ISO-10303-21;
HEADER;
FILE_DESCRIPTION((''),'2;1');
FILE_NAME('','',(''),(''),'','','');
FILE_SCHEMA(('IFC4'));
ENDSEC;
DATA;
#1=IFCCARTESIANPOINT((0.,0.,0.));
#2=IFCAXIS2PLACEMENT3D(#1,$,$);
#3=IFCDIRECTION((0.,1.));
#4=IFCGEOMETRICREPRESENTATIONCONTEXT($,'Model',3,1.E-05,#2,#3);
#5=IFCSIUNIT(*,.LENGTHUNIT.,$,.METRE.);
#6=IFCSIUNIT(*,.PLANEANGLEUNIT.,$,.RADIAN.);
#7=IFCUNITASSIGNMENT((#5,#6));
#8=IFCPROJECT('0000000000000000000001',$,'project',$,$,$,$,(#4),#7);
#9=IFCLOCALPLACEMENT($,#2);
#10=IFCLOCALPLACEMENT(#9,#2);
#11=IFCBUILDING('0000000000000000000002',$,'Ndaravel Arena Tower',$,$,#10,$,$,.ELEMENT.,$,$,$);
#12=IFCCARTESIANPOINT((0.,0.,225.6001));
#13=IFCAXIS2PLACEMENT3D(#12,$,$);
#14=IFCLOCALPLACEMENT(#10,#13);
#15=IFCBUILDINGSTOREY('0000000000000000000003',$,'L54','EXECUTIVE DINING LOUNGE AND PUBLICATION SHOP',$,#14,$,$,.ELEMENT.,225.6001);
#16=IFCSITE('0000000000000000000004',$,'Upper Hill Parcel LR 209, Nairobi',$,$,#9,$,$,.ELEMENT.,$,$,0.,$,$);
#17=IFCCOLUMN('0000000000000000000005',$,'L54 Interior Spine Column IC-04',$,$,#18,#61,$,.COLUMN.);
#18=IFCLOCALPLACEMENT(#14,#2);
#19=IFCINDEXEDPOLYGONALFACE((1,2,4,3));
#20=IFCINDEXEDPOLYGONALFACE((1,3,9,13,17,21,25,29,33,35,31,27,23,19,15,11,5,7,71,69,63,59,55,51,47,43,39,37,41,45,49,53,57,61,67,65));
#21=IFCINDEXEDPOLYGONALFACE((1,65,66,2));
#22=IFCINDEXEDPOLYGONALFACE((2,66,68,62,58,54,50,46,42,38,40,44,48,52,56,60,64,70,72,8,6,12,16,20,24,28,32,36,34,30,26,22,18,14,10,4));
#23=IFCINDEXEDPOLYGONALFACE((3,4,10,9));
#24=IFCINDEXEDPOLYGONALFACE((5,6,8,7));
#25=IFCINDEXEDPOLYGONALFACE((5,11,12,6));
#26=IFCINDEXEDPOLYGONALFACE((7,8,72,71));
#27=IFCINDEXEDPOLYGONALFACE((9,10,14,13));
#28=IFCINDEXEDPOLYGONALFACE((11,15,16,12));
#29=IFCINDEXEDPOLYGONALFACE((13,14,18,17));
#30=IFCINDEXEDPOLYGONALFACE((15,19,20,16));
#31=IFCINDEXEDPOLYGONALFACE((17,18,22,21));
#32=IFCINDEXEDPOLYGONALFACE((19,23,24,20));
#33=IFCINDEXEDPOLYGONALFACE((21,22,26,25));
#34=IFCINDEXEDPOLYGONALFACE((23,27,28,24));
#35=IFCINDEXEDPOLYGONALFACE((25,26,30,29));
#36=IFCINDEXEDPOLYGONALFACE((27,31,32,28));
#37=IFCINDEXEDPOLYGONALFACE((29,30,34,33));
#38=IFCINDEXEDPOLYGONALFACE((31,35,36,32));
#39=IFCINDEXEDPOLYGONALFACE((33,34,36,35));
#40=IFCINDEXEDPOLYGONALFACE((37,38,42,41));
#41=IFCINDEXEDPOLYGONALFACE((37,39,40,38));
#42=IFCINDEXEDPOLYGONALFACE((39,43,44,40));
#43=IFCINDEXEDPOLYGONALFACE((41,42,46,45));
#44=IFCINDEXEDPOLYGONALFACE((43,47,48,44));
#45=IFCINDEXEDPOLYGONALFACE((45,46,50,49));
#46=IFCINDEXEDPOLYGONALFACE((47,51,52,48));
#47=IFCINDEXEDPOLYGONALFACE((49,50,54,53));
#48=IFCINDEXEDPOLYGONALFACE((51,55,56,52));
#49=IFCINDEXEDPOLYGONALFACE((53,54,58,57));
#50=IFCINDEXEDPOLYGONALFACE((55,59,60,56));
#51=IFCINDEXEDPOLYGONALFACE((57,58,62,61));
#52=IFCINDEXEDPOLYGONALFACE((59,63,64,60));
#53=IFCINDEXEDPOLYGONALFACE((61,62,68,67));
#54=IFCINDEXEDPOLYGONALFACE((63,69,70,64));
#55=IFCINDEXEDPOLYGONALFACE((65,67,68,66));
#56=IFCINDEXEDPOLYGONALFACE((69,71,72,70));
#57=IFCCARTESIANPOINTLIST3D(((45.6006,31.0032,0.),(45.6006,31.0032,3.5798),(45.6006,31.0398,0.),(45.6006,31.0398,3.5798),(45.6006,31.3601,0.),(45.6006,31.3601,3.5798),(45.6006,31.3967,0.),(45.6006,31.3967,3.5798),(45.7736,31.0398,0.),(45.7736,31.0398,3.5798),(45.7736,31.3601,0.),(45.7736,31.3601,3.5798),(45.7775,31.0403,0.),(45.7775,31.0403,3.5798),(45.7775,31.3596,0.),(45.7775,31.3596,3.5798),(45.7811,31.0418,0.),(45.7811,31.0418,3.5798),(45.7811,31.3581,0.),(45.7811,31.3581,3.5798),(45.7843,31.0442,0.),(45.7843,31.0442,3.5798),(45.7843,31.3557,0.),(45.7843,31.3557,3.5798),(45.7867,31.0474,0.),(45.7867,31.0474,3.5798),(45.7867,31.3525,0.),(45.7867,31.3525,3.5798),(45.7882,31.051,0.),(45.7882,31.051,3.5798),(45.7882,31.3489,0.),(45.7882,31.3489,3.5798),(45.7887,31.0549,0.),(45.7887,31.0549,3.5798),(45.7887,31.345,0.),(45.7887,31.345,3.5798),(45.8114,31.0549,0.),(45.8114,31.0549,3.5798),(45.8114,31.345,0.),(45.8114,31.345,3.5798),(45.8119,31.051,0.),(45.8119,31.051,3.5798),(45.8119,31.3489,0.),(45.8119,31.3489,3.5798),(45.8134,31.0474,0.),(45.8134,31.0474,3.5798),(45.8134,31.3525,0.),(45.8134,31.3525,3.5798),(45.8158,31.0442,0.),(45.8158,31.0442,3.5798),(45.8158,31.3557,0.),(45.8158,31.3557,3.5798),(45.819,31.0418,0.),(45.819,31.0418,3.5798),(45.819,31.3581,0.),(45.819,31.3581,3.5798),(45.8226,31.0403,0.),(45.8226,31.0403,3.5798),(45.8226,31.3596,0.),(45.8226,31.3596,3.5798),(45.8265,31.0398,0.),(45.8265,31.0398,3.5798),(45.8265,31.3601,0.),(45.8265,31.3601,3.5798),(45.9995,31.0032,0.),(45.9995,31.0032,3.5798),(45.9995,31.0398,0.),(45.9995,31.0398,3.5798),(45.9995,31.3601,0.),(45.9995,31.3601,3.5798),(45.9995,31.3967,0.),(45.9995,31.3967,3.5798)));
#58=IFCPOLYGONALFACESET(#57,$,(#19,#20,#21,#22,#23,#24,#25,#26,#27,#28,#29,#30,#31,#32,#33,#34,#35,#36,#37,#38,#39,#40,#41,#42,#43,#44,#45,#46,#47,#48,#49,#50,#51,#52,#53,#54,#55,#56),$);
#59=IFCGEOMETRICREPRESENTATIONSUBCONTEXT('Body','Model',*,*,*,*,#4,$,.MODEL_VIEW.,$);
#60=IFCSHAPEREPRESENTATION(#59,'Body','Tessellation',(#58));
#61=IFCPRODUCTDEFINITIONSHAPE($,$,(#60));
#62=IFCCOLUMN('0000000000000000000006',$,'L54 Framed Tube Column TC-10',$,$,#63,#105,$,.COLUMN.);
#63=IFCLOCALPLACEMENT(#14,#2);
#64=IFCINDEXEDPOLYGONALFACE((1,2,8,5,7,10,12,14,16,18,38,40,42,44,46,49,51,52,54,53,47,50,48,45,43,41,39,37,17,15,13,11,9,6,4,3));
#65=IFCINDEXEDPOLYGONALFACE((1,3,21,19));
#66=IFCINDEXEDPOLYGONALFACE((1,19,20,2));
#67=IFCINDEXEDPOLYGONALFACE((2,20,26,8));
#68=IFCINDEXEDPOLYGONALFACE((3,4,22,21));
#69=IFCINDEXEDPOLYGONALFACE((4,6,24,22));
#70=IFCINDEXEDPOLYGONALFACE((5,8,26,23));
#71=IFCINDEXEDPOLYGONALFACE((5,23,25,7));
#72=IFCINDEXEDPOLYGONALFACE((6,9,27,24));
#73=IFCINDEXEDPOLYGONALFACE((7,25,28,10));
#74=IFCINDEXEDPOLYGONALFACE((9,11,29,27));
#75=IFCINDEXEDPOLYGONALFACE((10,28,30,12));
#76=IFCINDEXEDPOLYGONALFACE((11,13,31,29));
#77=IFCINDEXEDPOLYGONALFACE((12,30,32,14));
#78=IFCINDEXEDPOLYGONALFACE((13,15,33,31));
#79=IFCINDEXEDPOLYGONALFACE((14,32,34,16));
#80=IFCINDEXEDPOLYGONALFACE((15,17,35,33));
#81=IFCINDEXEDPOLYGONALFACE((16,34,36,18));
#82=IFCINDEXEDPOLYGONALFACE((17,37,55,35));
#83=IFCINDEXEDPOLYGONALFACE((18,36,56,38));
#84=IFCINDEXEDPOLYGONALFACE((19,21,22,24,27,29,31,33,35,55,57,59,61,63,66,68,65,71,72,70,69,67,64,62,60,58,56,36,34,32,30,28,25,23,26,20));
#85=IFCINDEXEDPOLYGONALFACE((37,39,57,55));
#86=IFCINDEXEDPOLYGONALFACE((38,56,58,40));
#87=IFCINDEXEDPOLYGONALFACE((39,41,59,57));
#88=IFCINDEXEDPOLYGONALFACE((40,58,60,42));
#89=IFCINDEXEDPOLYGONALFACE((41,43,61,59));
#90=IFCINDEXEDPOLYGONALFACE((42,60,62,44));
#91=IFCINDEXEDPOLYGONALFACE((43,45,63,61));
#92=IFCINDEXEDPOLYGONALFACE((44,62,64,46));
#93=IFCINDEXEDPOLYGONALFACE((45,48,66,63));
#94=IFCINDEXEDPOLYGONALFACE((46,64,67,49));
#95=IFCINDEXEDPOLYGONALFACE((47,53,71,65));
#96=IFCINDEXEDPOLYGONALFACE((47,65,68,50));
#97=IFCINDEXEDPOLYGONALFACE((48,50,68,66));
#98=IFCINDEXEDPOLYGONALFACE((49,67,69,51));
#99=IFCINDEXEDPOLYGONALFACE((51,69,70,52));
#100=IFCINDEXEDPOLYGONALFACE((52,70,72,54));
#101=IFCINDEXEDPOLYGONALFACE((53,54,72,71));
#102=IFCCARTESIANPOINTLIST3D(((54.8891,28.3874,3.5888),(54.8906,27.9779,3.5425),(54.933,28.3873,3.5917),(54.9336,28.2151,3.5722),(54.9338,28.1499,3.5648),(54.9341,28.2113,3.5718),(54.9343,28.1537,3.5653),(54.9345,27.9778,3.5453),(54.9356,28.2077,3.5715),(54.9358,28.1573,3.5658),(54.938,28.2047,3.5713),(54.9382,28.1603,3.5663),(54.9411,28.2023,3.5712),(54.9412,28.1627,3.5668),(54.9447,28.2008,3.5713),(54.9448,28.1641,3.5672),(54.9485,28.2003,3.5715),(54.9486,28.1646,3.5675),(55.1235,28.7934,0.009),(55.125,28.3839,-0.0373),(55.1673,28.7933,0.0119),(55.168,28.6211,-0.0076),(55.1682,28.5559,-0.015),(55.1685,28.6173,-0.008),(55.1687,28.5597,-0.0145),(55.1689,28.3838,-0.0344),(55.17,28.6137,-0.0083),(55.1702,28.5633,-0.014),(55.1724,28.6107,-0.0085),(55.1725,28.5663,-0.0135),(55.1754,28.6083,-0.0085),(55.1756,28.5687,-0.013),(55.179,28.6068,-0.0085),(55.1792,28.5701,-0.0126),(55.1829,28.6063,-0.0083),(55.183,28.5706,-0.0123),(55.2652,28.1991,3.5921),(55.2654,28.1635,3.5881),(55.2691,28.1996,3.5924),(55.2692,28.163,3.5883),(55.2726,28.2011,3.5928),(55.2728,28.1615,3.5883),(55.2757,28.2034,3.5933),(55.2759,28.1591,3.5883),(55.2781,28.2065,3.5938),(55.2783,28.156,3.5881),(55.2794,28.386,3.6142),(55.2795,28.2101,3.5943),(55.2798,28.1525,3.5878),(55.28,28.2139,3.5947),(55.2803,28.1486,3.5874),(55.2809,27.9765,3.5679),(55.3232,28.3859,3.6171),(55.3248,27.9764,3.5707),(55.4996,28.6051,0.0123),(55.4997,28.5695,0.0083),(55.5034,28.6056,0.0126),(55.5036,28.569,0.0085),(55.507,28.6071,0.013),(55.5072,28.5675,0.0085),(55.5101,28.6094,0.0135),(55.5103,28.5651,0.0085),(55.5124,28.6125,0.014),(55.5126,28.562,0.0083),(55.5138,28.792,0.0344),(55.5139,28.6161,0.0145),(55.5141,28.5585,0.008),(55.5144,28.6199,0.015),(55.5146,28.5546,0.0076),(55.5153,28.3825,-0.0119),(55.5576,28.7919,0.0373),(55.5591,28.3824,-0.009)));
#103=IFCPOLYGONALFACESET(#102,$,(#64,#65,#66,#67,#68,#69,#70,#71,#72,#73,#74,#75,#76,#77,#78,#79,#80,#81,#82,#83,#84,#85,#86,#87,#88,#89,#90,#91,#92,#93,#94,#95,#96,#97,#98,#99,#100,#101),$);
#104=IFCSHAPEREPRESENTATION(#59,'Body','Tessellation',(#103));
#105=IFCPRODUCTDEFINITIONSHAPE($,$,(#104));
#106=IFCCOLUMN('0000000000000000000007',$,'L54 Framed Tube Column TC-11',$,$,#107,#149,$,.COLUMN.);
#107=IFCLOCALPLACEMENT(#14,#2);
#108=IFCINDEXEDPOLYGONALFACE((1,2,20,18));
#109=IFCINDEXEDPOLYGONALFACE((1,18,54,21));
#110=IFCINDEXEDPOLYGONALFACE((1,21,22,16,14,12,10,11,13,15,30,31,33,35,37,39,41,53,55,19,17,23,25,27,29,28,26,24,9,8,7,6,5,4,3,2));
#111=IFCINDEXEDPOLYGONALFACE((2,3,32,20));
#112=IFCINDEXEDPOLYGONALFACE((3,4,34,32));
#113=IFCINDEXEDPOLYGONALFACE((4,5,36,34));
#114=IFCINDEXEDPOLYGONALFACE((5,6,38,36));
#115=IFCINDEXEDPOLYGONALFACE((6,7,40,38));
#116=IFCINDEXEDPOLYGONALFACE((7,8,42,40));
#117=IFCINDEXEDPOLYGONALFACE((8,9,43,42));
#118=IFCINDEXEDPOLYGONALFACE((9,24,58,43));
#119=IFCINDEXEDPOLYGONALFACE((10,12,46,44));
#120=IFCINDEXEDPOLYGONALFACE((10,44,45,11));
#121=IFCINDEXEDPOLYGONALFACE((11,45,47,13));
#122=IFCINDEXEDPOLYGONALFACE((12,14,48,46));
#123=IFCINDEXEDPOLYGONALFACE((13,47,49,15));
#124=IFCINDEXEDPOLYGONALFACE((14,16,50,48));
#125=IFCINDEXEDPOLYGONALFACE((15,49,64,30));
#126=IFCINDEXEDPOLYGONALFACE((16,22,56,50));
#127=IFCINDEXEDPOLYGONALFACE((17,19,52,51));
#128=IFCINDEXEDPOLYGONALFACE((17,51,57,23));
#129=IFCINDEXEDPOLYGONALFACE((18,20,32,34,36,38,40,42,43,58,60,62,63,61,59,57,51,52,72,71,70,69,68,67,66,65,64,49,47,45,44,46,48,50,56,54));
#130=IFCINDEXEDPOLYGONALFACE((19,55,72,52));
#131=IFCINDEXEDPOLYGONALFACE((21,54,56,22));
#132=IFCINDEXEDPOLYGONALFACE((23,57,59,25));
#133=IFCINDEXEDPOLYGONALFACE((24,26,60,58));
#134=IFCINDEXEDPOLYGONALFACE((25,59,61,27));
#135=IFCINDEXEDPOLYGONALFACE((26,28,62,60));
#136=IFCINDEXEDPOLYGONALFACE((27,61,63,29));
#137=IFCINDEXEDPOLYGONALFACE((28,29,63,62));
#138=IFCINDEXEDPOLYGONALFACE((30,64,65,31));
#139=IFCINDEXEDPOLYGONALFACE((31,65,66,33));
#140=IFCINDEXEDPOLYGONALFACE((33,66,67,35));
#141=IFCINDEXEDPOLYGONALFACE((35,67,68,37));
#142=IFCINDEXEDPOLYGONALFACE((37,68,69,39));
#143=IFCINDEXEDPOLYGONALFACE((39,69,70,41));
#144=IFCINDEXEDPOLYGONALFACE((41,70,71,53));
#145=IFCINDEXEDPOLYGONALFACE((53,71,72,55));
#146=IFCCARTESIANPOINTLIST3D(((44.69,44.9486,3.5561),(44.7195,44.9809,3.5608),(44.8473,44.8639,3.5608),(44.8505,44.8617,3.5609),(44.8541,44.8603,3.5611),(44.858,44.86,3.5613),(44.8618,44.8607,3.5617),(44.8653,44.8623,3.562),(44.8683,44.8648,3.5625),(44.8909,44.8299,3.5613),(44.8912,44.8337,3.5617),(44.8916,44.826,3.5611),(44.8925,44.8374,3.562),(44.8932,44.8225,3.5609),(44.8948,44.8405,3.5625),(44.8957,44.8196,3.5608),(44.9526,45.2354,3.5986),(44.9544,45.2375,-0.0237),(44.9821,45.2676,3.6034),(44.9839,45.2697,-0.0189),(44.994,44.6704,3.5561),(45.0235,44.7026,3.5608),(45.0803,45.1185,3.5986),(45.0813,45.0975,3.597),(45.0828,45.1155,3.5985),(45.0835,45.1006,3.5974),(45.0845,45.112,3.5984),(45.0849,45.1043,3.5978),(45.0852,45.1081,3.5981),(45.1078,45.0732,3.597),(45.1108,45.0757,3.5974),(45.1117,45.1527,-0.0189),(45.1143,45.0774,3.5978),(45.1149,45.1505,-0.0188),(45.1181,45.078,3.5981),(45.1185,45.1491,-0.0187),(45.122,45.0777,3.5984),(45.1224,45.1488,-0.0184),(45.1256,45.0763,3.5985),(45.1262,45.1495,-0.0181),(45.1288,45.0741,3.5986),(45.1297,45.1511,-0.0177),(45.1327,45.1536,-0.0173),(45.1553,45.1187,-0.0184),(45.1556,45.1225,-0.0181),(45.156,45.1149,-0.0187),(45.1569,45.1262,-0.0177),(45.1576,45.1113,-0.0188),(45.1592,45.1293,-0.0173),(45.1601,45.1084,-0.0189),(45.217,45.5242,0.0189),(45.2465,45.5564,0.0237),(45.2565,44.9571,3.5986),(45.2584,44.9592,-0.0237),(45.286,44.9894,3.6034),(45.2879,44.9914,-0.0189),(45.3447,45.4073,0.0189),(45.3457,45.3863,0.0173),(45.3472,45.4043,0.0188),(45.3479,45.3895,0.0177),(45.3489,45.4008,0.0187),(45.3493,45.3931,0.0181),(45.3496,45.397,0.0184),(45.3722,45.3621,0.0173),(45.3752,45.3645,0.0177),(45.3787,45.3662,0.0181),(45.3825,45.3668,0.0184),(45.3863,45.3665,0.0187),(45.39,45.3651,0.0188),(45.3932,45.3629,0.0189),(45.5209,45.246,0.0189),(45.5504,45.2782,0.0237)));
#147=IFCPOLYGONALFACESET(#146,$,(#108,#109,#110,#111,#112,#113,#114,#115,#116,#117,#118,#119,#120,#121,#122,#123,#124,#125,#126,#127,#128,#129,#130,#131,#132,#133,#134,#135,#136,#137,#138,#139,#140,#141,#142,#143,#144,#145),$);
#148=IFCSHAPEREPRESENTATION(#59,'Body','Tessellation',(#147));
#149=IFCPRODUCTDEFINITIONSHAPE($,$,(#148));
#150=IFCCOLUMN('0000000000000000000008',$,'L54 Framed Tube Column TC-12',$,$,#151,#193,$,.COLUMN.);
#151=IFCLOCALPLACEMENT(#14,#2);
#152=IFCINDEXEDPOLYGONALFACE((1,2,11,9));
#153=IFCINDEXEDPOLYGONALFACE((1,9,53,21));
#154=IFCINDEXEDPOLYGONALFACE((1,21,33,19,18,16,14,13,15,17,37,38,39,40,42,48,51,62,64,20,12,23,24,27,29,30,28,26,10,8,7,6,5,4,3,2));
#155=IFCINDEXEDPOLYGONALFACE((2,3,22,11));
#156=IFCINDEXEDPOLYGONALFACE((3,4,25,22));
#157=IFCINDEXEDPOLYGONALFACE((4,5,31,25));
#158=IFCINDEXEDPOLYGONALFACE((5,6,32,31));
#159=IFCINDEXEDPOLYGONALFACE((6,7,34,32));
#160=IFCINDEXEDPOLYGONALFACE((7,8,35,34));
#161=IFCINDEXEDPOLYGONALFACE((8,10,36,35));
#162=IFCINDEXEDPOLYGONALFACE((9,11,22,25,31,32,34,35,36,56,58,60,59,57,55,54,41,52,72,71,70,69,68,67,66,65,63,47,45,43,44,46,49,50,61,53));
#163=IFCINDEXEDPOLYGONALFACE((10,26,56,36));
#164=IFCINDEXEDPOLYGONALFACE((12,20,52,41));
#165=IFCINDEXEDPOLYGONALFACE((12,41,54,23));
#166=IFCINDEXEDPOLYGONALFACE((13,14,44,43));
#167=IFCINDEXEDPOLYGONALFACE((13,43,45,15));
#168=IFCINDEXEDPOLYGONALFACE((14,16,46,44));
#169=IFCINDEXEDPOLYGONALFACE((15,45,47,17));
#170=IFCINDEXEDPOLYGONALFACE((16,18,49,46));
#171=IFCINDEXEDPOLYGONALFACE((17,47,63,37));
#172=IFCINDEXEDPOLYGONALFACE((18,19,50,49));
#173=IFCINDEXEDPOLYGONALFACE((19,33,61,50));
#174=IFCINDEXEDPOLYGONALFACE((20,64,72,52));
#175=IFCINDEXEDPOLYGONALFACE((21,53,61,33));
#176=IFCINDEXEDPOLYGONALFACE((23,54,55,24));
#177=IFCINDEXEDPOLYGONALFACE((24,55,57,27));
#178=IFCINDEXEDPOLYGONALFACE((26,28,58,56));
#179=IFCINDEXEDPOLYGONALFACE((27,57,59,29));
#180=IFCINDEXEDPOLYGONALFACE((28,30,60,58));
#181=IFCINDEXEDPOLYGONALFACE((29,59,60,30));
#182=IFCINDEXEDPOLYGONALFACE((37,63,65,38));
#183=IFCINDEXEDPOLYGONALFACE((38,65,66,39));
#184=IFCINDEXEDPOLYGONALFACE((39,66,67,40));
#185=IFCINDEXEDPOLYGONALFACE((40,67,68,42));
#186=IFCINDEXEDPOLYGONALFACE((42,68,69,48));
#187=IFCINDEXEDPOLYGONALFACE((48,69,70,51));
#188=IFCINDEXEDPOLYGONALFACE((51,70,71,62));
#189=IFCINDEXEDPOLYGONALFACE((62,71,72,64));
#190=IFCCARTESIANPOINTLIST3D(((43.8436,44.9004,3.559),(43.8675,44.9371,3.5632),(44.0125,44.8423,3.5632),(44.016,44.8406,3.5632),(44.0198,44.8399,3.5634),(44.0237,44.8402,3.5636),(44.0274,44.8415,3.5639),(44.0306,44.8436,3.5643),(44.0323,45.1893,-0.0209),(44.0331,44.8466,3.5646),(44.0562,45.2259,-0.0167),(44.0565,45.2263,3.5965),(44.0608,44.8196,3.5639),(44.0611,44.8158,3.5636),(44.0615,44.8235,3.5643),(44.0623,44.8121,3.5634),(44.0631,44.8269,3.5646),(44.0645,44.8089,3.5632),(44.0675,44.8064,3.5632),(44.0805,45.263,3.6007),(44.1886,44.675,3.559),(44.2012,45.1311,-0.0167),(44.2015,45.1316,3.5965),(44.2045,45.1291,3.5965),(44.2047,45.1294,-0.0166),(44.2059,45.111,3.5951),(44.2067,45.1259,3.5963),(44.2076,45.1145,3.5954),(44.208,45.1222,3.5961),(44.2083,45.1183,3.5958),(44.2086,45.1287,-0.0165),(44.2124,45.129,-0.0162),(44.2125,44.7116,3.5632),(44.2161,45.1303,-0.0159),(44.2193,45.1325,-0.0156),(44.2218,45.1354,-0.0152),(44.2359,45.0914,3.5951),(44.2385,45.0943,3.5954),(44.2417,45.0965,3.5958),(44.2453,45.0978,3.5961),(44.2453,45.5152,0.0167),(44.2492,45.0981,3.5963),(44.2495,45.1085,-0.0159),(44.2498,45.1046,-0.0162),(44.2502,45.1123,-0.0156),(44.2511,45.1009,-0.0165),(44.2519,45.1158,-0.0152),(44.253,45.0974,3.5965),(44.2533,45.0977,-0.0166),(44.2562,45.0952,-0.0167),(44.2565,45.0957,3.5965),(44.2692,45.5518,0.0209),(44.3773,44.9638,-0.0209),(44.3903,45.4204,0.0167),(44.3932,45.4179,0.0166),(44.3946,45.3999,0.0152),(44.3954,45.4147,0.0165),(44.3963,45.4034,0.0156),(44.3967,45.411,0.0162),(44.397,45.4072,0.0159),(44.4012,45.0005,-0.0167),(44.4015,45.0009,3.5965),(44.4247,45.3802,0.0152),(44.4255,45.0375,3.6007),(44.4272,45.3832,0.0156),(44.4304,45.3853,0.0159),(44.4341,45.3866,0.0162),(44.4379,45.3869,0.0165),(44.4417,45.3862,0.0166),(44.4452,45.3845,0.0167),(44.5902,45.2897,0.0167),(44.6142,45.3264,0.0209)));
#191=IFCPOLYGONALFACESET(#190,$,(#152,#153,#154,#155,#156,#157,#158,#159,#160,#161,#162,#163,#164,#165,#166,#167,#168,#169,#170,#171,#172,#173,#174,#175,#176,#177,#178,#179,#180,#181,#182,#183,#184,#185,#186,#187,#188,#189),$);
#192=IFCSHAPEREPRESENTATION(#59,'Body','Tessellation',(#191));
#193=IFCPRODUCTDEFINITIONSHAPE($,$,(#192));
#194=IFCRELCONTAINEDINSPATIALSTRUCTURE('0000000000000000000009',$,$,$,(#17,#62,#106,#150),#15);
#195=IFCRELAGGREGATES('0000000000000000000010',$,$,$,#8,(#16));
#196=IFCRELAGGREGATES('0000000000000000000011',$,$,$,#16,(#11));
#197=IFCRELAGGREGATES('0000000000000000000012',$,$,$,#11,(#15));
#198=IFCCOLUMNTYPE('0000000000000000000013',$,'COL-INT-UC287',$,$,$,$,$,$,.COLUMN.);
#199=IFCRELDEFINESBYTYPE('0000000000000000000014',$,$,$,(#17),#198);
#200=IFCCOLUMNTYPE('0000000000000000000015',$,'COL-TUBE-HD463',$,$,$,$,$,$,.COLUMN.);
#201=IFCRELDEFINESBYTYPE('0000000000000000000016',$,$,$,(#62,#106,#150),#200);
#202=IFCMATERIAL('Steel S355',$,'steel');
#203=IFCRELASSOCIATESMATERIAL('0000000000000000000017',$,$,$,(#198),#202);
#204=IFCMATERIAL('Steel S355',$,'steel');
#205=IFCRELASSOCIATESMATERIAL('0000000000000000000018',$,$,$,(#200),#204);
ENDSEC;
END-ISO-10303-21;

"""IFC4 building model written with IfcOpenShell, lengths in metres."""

from ifc_helpers import new_model, si_unit, direction, frame, origin, origin_2d, place, context, subcontext, project, spatial, i_section, extrude, material, material_profile, profile_set, type_object, element, save


model = new_model("IFC4")

# Units and contexts
model_context = context("Model", 3, precision=1e-05, world=origin(), true_north=direction((0.0, 1.0)))
body_context = subcontext(model_context, "Body", "Model", "MODEL_VIEW")
ifc_project = project(units=[si_unit("LENGTHUNIT", "METRE"), si_unit("PLANEANGLEUNIT", "RADIAN")], contexts=[model_context])

# Site, building, storey
site_placement = place(None, origin())
site = spatial("IfcSite", under=ifc_project, at=site_placement, Name="Upper Hill Parcel LR 209, Nairobi", CompositionType="ELEMENT", RefElevation=0.0)
building_placement = place(site_placement, origin())
building = spatial("IfcBuilding", under=site, at=building_placement, Name="Ndaravel Arena Tower", CompositionType="ELEMENT")
storey_placement = place(building_placement, frame((0.0, 0.0, 225.6001)))
storey = spatial("IfcBuildingStorey", under=building, at=storey_placement, Name="L54", Description="EXECUTIVE DINING LOUNGE AND PUBLICATION SHOP", CompositionType="ELEMENT", Elevation=225.6001)

# Columns
ifc_material_1 = material(Name="Steel S355", Category="steel")
ifc_material_profile_1 = material_profile(ifc_material_1, i_section(OverallWidth=0.3989, OverallDepth=0.3936, WebThickness=0.0227, FlangeThickness=0.0366, FilletRadius=0.0151, at=origin_2d()), Name="UC 356x406x287")
ifc_profile_set_1 = profile_set([ifc_material_profile_1], Name="Steel S355")
column_type_1 = type_object("IfcColumnType", Name="COL-INT-UC287", PredefinedType="COLUMN", material=ifc_profile_set_1)
column_1_placement = place(storey_placement, frame((45.8, 31.2, 0.0), z_axis=(0.0, 0.0, 1.0), x_axis=(1.0, 0.0, 0.0)))
element("IfcColumn", 1, at=column_1_placement, inside=storey, type_object=column_type_1, Name="L54 Interior Spine Column IC-04", PredefinedType="COLUMN", context=body_context, shape_type="SweptSolid", body=[
    extrude(i_section(OverallWidth=0.3989, OverallDepth=0.3936, WebThickness=0.0227, FlangeThickness=0.0366, FilletRadius=0.0151, at=origin_2d()), origin(), (0.0, 0.0, 1.0), 3.5798),
])
ifc_material_2 = material(Name="Steel S355", Category="steel")
ifc_material_profile_2 = material_profile(ifc_material_2, i_section(OverallWidth=0.4121, OverallDepth=0.4351, WebThickness=0.0359, FlangeThickness=0.0439, FilletRadius=0.0149, at=origin_2d()), Name="HD 400x463")
ifc_profile_set_2 = profile_set([ifc_material_profile_2], Name="Steel S355")
column_type_2 = type_object("IfcColumnType", Name="COL-TUBE-HD463", PredefinedType="COLUMN", material=ifc_profile_set_2)
column_2_placement = place(storey_placement, frame((55.3413, 28.5879, 0.0), z_axis=(-0.064917, -0.112455, 0.991534), x_axis=(-0.003726, 0.99365, 0.112451)))
element("IfcColumn", 2, at=column_2_placement, inside=storey, type_object=column_type_2, Name="L54 Framed Tube Column TC-10", PredefinedType="COLUMN", context=body_context, shape_type="SweptSolid", body=[
    extrude(i_section(OverallWidth=0.4121, OverallDepth=0.4351, WebThickness=0.0359, FlangeThickness=0.0439, FilletRadius=0.0149, at=origin_2d()), origin(), (0.0, 0.0, 1.0), 3.6104),
])
column_3_placement = place(storey_placement, frame((45.2524, 45.2578, 0.0), z_axis=(-0.073421, -0.080201, 0.994071), x_axis=(0.737594, -0.675245, 0.0)))
element("IfcColumn", 3, at=column_3_placement, inside=storey, type_object=column_type_2, Name="L54 Framed Tube Column TC-11", PredefinedType="COLUMN", context=body_context, shape_type="SweptSolid", body=[
    extrude(i_section(OverallWidth=0.4121, OverallDepth=0.4351, WebThickness=0.0359, FlangeThickness=0.0439, FilletRadius=0.0149, at=origin_2d()), origin(), (0.0, 0.0, 1.0), 3.6011),
])
column_4_placement = place(storey_placement, frame((44.3232, 45.2578, 0.0), z_axis=(-0.052475, -0.080307, 0.995388), x_axis=(0.837132, -0.547001, 0.0)))
element("IfcColumn", 4, at=column_4_placement, inside=storey, type_object=column_type_2, Name="L54 Framed Tube Column TC-12", PredefinedType="COLUMN", context=body_context, shape_type="SweptSolid", body=[
    extrude(i_section(OverallWidth=0.4121, OverallDepth=0.4351, WebThickness=0.0359, FlangeThickness=0.0439, FilletRadius=0.0149, at=origin_2d()), origin(), (0.0, 0.0, 1.0), 3.5964),
])

save(model, "model.ifc")
